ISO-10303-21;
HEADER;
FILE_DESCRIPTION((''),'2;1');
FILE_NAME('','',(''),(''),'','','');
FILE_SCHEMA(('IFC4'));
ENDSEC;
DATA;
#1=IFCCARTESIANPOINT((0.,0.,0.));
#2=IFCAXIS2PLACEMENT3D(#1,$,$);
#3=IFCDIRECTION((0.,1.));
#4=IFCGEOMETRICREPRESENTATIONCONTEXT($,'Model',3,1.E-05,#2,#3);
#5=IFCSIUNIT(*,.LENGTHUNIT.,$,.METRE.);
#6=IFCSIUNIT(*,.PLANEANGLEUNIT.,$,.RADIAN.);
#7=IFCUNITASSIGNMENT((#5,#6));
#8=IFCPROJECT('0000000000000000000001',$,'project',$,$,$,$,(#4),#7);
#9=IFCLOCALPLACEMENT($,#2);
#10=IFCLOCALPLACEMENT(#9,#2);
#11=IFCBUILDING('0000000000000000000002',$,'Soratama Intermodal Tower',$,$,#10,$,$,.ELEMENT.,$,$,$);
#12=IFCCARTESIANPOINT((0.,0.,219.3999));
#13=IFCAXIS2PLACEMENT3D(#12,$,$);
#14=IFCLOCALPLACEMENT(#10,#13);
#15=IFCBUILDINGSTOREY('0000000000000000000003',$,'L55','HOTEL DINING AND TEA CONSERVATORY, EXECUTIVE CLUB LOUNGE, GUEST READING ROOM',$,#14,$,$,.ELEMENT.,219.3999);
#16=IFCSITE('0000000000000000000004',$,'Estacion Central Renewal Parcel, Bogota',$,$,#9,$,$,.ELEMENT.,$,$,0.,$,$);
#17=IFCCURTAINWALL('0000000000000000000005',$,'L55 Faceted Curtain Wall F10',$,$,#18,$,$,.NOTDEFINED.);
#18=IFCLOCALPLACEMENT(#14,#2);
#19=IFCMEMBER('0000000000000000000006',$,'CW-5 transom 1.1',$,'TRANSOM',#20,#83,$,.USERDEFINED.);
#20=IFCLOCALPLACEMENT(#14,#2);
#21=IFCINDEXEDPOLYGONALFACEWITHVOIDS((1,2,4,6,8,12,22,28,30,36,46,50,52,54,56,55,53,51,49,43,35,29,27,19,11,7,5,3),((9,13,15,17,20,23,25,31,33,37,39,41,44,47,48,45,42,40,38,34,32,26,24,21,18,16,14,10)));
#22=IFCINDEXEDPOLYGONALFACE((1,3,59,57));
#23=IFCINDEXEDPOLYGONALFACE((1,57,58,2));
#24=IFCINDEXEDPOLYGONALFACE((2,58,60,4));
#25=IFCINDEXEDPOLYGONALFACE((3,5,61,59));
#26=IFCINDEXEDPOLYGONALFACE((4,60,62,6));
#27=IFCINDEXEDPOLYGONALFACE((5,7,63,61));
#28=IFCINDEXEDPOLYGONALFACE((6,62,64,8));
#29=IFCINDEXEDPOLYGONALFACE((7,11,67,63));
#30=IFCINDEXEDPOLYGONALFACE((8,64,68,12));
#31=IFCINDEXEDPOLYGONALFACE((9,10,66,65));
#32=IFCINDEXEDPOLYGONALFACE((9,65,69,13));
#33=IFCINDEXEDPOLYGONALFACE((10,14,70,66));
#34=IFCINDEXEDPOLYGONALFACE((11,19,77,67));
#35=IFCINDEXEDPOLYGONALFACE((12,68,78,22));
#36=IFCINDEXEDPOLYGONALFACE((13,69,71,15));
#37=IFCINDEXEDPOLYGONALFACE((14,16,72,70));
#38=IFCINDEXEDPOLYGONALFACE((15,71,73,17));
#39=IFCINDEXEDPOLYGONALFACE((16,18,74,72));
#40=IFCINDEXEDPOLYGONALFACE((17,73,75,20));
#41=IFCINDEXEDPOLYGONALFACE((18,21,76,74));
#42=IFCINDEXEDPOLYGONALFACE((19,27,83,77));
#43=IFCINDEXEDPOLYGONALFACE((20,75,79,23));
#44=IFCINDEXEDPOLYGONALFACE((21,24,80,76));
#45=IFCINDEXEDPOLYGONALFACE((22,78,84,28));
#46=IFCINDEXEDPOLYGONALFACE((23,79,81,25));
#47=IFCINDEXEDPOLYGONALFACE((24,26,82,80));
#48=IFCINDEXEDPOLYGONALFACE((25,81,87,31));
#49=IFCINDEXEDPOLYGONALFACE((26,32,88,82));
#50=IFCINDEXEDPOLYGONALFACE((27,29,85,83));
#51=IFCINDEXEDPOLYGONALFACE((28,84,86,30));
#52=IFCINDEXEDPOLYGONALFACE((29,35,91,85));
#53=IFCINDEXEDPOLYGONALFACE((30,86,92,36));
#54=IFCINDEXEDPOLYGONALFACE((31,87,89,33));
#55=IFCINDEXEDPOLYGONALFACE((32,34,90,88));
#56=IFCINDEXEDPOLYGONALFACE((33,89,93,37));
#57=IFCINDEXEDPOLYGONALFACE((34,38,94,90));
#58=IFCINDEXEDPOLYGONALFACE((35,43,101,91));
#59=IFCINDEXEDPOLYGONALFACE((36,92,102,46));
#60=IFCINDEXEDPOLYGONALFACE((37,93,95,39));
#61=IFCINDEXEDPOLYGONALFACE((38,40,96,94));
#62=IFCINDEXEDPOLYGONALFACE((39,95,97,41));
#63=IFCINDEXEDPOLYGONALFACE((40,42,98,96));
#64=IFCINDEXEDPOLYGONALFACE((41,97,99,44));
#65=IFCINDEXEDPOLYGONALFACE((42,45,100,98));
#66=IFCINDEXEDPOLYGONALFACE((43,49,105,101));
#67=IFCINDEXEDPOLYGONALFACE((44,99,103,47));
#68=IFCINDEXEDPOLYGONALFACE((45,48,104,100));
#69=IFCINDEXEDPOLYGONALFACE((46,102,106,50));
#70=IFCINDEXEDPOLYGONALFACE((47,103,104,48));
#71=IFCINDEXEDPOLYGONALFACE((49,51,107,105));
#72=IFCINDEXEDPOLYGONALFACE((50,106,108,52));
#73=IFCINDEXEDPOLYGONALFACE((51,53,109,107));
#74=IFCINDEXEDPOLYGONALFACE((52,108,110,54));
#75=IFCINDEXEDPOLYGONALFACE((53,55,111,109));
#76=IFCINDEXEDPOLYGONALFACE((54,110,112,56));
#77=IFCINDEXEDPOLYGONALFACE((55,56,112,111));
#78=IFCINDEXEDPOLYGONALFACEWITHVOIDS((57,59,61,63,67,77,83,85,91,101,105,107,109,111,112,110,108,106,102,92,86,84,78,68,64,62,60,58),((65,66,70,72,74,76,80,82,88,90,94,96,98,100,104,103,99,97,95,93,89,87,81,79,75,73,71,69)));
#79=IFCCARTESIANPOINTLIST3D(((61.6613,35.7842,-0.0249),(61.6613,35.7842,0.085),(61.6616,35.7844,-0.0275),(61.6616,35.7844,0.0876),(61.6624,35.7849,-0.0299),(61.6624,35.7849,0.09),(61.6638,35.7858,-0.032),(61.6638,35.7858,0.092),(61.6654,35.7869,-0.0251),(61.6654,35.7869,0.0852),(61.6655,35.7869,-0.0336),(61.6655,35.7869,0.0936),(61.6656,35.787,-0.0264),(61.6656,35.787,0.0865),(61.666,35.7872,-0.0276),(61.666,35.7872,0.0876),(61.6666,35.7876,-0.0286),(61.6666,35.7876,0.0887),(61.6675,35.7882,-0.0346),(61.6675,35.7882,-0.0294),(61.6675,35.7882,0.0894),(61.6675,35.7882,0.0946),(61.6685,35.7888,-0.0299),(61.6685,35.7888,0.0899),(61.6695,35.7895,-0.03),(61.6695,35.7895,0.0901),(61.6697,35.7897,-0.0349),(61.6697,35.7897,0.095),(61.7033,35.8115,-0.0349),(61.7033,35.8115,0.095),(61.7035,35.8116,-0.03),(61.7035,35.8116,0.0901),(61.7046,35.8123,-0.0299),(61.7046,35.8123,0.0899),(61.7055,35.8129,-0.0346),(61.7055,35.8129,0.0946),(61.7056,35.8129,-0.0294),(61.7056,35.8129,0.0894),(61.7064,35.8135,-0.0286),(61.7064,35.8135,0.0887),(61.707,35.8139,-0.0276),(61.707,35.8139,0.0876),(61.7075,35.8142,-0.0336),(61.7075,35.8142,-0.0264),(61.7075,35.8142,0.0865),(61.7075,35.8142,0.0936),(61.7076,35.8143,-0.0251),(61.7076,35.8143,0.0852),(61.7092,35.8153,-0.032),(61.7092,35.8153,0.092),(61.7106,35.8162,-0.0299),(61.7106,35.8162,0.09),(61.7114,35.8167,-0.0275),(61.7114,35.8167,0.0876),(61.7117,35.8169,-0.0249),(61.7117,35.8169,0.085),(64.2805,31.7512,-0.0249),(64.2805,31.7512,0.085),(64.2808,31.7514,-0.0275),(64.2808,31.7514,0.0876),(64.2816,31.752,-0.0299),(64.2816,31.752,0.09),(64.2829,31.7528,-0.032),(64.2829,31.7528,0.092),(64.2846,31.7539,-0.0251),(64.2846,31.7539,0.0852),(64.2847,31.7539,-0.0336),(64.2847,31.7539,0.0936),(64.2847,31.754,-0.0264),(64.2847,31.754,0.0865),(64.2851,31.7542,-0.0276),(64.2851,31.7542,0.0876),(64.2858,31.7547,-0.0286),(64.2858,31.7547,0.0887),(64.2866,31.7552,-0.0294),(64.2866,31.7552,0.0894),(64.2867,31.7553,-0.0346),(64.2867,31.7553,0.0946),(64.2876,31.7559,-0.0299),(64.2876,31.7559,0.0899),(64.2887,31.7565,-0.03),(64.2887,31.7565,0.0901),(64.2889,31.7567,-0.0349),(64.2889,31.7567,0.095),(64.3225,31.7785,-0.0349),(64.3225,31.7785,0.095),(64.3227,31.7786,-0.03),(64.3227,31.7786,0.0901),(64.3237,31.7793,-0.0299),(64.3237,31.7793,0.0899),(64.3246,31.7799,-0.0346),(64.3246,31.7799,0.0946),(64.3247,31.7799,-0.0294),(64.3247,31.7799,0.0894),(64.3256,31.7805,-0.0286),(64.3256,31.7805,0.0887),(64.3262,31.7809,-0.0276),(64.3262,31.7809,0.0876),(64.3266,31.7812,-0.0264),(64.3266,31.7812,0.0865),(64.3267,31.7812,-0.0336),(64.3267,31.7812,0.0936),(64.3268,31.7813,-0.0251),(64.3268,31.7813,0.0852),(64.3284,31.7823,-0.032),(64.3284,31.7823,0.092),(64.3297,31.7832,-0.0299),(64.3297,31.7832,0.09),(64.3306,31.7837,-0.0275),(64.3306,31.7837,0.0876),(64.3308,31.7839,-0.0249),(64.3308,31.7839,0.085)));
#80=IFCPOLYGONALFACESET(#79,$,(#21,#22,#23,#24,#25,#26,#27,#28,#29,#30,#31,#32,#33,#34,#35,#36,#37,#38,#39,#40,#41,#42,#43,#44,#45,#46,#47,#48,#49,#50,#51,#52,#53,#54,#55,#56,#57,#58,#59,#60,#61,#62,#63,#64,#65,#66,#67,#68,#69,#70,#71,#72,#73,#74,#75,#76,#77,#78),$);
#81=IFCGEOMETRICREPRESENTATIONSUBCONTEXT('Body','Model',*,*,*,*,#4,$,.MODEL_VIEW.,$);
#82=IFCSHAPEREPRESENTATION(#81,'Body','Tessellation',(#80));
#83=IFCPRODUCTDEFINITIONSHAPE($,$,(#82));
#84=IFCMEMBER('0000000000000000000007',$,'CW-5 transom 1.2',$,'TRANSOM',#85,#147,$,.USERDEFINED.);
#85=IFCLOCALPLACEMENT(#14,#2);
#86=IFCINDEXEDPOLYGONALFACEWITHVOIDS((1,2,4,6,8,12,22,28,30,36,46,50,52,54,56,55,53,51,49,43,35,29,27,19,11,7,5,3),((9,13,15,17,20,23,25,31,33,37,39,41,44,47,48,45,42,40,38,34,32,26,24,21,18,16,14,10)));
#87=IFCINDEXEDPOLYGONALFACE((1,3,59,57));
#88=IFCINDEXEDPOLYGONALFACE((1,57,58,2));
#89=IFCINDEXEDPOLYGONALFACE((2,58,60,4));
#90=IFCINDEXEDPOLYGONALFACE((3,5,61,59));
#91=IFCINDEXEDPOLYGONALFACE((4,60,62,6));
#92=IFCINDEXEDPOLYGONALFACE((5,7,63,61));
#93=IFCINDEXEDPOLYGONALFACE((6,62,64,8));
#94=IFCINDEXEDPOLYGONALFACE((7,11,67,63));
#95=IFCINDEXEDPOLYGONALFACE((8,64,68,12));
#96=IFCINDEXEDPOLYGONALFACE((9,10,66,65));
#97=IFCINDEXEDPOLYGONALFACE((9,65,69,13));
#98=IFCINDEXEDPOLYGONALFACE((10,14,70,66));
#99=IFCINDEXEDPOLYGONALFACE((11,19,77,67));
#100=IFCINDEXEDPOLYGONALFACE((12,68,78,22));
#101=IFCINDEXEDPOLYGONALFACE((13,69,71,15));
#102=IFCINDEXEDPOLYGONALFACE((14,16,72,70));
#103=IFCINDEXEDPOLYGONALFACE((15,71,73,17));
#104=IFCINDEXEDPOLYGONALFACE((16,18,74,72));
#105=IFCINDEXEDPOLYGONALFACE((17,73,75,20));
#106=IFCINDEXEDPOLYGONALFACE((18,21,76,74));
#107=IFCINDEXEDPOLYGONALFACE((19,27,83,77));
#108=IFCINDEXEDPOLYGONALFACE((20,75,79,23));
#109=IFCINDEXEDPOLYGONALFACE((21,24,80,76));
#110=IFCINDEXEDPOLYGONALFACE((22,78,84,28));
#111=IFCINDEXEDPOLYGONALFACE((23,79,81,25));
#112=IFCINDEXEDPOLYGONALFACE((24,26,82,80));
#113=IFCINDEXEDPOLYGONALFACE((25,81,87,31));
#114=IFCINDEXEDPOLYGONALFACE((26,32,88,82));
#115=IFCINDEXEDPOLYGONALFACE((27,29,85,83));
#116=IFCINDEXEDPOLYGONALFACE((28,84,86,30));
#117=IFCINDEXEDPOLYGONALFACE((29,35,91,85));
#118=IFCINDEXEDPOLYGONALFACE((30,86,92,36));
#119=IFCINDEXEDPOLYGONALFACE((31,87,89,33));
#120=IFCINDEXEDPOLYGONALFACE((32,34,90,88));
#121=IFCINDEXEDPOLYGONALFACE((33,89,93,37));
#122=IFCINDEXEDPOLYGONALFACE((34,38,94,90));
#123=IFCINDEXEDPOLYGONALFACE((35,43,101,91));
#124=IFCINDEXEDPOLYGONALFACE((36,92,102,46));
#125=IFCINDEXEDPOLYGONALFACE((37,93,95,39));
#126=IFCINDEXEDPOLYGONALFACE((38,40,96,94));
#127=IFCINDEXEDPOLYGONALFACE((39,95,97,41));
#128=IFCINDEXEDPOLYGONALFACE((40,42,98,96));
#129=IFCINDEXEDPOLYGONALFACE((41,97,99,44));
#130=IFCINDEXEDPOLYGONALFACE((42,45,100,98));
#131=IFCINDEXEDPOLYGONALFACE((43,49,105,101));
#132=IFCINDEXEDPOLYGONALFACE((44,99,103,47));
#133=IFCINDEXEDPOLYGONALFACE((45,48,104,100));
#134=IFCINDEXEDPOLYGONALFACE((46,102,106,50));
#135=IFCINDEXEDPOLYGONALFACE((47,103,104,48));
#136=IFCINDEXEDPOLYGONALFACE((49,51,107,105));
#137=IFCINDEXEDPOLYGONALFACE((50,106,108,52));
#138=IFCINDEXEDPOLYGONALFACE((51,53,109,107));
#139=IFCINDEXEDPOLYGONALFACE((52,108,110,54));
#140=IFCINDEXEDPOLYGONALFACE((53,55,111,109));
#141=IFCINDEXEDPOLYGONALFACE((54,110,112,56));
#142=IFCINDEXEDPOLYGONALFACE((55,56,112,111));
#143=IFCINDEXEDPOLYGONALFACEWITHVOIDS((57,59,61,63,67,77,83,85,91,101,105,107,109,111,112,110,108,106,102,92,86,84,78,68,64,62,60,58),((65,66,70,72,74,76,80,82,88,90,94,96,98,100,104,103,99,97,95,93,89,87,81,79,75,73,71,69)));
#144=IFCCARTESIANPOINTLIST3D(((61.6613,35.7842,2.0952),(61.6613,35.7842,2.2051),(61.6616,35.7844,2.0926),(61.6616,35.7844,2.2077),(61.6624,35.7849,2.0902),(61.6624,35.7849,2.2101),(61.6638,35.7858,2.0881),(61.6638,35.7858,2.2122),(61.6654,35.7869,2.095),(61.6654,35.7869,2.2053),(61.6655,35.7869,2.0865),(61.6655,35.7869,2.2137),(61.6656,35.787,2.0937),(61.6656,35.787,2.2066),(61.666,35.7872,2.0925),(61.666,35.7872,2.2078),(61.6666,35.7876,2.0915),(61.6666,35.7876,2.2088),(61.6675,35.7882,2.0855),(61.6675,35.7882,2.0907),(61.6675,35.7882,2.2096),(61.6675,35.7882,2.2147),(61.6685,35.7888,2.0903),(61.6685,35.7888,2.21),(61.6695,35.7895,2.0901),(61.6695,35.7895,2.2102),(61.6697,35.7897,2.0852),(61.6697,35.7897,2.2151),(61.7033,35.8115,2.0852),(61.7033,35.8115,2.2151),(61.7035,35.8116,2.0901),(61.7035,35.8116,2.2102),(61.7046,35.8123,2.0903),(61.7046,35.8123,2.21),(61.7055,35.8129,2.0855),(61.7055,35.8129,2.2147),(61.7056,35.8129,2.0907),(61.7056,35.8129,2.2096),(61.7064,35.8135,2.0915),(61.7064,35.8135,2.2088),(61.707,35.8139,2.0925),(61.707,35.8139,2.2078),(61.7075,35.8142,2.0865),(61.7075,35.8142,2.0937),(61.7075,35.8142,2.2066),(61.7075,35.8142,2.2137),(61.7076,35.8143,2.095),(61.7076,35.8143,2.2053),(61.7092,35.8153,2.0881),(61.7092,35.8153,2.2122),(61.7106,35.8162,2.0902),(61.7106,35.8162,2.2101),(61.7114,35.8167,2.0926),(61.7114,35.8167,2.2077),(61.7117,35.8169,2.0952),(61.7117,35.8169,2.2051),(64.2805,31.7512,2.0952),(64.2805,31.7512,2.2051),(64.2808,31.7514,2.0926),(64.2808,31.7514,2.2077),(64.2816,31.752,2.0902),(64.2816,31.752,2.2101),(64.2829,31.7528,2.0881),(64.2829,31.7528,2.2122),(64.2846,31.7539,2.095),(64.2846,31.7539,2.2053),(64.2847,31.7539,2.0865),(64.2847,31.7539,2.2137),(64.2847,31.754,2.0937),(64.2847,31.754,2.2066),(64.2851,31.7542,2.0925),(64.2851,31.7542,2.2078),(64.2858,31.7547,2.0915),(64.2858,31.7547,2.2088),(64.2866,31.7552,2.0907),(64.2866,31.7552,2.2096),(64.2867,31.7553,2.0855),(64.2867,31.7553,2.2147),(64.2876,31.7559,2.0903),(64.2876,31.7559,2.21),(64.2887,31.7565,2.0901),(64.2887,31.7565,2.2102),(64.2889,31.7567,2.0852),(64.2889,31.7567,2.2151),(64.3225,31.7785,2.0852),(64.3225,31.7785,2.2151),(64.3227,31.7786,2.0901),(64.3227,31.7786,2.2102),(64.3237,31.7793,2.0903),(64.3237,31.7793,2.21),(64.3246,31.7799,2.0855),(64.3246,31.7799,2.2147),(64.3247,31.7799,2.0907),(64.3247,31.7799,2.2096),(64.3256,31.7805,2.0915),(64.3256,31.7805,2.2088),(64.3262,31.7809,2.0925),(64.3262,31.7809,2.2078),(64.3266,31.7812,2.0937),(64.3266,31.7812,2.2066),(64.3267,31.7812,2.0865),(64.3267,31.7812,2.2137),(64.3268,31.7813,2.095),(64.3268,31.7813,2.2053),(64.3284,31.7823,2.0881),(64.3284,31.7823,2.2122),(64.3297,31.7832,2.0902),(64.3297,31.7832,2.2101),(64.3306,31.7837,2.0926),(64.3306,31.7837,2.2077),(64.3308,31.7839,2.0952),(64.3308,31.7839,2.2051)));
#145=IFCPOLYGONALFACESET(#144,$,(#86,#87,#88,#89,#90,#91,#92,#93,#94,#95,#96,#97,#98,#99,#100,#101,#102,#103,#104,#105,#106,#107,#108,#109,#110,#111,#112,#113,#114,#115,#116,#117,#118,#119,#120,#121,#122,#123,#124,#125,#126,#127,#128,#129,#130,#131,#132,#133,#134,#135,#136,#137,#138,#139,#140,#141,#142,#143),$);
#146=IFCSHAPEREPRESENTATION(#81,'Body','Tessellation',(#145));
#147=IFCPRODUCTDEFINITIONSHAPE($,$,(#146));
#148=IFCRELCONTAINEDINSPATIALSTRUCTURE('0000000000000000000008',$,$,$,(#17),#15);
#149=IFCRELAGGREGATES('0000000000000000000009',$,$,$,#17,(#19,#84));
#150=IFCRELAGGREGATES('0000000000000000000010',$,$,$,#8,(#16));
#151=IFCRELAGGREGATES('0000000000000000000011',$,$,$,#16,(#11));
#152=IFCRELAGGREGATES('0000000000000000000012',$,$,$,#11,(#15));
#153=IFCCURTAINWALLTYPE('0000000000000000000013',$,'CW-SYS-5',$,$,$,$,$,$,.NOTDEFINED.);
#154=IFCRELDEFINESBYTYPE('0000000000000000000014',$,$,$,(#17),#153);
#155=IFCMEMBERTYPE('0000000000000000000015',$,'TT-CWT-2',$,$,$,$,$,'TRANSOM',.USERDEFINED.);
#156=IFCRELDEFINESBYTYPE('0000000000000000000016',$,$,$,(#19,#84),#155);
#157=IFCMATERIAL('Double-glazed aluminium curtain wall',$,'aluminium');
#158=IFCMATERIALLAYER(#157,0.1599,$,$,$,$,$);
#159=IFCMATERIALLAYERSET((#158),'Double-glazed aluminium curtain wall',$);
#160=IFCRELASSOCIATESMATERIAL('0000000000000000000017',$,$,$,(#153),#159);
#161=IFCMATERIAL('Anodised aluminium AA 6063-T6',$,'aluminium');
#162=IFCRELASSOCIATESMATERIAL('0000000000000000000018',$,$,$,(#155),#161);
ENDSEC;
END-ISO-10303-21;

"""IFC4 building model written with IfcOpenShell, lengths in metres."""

from ifc_helpers import new_model, si_unit, direction, frame, origin, origin_2d, place, context, subcontext, project, spatial, hollow_rectangle, extrude, material, layer, layer_set, material_profile, profile_set, type_object, element, aggregate, save


model = new_model("IFC4")

# Units and contexts
model_context = context("Model", 3, precision=1e-05, world=origin(), true_north=direction((0.0, 1.0)))
body_context = subcontext(model_context, "Body", "Model", "MODEL_VIEW")
ifc_project = project(units=[si_unit("LENGTHUNIT", "METRE"), si_unit("PLANEANGLEUNIT", "RADIAN")], contexts=[model_context])

# Site, building, storey
site_placement = place(None, origin())
site = spatial("IfcSite", under=ifc_project, at=site_placement, Name="Estacion Central Renewal Parcel, Bogota", CompositionType="ELEMENT", RefElevation=0.0)
building_placement = place(site_placement, origin())
building = spatial("IfcBuilding", under=site, at=building_placement, Name="Soratama Intermodal Tower", CompositionType="ELEMENT")
storey_placement = place(building_placement, frame((0.0, 0.0, 219.3999)))
storey = spatial("IfcBuildingStorey", under=building, at=storey_placement, Name="L55", Description="HOTEL DINING AND TEA CONSERVATORY, EXECUTIVE CLUB LOUNGE, GUEST READING ROOM", CompositionType="ELEMENT", Elevation=219.3999)

# Shared definitions
ifc_material_1 = material(Name="Double-glazed aluminium curtain wall", Category="aluminium")
ifc_layer_1 = layer(ifc_material_1, 0.1599)
ifc_layer_set_1 = layer_set([ifc_layer_1], Name="Double-glazed aluminium curtain wall")
curtain_wall_type = type_object("IfcCurtainWallType", Name="CW-SYS-5", PredefinedType="NOTDEFINED", material=ifc_layer_set_1)

# Curtain wall, members
curtain_wall_1_placement = place(storey_placement, origin())
curtain_wall_1 = element("IfcCurtainWall", 1, at=curtain_wall_1_placement, inside=storey, type_object=curtain_wall_type, Name="L55 Faceted Curtain Wall F10", PredefinedType="NOTDEFINED")
ifc_material_2 = material(Name="Anodised aluminium AA 6063-T6", Category="aluminium")
ifc_material_profile_1 = material_profile(ifc_material_2, hollow_rectangle(XDim=0.0601, YDim=0.1299, WallThickness=0.0049, InnerFilletRadius=0.0049, OuterFilletRadius=0.01, at=origin_2d()), Name="CWT130X60X5")
ifc_profile_set_1 = profile_set([ifc_material_profile_1], Name="Anodised aluminium AA 6063-T6")
member_type_1 = type_object("IfcMemberType", Name="TT-CWT-2", ElementType="TRANSOM", PredefinedType="USERDEFINED", material=ifc_profile_set_1)
member_1_placement = place(storey_placement, frame((64.3057, 31.7676, 0.03), z_axis=(-0.544655, 0.83866, 0.0), x_axis=(-0.83866, -0.544655, 0.0)))
member_1 = element("IfcMember", 2, at=member_1_placement, type_object=member_type_1, Name="CW-5 transom 1.1", ObjectType="TRANSOM", PredefinedType="USERDEFINED", context=body_context, shape_type="SweptSolid", body=[
    extrude(hollow_rectangle(XDim=0.0601, YDim=0.1299, WallThickness=0.0049, InnerFilletRadius=0.0049, OuterFilletRadius=0.01, at=origin_2d()), origin(), (0.0, 0.0, 1.0), 4.8088),
])
member_2_placement = place(storey_placement, frame((64.3057, 31.7676, 2.1501), z_axis=(-0.544655, 0.83866, 0.0), x_axis=(-0.83866, -0.544655, 0.0)))
member_2 = element("IfcMember", 3, at=member_2_placement, type_object=member_type_1, Name="CW-5 transom 1.2", ObjectType="TRANSOM", PredefinedType="USERDEFINED", context=body_context, shape_type="SweptSolid", body=[
    extrude(hollow_rectangle(XDim=0.0601, YDim=0.1299, WallThickness=0.0049, InnerFilletRadius=0.0049, OuterFilletRadius=0.01, at=origin_2d()), origin(), (0.0, 0.0, 1.0), 4.8088),
])

aggregate(curtain_wall_1, [member_1, member_2])

save(model, "model.ifc")
